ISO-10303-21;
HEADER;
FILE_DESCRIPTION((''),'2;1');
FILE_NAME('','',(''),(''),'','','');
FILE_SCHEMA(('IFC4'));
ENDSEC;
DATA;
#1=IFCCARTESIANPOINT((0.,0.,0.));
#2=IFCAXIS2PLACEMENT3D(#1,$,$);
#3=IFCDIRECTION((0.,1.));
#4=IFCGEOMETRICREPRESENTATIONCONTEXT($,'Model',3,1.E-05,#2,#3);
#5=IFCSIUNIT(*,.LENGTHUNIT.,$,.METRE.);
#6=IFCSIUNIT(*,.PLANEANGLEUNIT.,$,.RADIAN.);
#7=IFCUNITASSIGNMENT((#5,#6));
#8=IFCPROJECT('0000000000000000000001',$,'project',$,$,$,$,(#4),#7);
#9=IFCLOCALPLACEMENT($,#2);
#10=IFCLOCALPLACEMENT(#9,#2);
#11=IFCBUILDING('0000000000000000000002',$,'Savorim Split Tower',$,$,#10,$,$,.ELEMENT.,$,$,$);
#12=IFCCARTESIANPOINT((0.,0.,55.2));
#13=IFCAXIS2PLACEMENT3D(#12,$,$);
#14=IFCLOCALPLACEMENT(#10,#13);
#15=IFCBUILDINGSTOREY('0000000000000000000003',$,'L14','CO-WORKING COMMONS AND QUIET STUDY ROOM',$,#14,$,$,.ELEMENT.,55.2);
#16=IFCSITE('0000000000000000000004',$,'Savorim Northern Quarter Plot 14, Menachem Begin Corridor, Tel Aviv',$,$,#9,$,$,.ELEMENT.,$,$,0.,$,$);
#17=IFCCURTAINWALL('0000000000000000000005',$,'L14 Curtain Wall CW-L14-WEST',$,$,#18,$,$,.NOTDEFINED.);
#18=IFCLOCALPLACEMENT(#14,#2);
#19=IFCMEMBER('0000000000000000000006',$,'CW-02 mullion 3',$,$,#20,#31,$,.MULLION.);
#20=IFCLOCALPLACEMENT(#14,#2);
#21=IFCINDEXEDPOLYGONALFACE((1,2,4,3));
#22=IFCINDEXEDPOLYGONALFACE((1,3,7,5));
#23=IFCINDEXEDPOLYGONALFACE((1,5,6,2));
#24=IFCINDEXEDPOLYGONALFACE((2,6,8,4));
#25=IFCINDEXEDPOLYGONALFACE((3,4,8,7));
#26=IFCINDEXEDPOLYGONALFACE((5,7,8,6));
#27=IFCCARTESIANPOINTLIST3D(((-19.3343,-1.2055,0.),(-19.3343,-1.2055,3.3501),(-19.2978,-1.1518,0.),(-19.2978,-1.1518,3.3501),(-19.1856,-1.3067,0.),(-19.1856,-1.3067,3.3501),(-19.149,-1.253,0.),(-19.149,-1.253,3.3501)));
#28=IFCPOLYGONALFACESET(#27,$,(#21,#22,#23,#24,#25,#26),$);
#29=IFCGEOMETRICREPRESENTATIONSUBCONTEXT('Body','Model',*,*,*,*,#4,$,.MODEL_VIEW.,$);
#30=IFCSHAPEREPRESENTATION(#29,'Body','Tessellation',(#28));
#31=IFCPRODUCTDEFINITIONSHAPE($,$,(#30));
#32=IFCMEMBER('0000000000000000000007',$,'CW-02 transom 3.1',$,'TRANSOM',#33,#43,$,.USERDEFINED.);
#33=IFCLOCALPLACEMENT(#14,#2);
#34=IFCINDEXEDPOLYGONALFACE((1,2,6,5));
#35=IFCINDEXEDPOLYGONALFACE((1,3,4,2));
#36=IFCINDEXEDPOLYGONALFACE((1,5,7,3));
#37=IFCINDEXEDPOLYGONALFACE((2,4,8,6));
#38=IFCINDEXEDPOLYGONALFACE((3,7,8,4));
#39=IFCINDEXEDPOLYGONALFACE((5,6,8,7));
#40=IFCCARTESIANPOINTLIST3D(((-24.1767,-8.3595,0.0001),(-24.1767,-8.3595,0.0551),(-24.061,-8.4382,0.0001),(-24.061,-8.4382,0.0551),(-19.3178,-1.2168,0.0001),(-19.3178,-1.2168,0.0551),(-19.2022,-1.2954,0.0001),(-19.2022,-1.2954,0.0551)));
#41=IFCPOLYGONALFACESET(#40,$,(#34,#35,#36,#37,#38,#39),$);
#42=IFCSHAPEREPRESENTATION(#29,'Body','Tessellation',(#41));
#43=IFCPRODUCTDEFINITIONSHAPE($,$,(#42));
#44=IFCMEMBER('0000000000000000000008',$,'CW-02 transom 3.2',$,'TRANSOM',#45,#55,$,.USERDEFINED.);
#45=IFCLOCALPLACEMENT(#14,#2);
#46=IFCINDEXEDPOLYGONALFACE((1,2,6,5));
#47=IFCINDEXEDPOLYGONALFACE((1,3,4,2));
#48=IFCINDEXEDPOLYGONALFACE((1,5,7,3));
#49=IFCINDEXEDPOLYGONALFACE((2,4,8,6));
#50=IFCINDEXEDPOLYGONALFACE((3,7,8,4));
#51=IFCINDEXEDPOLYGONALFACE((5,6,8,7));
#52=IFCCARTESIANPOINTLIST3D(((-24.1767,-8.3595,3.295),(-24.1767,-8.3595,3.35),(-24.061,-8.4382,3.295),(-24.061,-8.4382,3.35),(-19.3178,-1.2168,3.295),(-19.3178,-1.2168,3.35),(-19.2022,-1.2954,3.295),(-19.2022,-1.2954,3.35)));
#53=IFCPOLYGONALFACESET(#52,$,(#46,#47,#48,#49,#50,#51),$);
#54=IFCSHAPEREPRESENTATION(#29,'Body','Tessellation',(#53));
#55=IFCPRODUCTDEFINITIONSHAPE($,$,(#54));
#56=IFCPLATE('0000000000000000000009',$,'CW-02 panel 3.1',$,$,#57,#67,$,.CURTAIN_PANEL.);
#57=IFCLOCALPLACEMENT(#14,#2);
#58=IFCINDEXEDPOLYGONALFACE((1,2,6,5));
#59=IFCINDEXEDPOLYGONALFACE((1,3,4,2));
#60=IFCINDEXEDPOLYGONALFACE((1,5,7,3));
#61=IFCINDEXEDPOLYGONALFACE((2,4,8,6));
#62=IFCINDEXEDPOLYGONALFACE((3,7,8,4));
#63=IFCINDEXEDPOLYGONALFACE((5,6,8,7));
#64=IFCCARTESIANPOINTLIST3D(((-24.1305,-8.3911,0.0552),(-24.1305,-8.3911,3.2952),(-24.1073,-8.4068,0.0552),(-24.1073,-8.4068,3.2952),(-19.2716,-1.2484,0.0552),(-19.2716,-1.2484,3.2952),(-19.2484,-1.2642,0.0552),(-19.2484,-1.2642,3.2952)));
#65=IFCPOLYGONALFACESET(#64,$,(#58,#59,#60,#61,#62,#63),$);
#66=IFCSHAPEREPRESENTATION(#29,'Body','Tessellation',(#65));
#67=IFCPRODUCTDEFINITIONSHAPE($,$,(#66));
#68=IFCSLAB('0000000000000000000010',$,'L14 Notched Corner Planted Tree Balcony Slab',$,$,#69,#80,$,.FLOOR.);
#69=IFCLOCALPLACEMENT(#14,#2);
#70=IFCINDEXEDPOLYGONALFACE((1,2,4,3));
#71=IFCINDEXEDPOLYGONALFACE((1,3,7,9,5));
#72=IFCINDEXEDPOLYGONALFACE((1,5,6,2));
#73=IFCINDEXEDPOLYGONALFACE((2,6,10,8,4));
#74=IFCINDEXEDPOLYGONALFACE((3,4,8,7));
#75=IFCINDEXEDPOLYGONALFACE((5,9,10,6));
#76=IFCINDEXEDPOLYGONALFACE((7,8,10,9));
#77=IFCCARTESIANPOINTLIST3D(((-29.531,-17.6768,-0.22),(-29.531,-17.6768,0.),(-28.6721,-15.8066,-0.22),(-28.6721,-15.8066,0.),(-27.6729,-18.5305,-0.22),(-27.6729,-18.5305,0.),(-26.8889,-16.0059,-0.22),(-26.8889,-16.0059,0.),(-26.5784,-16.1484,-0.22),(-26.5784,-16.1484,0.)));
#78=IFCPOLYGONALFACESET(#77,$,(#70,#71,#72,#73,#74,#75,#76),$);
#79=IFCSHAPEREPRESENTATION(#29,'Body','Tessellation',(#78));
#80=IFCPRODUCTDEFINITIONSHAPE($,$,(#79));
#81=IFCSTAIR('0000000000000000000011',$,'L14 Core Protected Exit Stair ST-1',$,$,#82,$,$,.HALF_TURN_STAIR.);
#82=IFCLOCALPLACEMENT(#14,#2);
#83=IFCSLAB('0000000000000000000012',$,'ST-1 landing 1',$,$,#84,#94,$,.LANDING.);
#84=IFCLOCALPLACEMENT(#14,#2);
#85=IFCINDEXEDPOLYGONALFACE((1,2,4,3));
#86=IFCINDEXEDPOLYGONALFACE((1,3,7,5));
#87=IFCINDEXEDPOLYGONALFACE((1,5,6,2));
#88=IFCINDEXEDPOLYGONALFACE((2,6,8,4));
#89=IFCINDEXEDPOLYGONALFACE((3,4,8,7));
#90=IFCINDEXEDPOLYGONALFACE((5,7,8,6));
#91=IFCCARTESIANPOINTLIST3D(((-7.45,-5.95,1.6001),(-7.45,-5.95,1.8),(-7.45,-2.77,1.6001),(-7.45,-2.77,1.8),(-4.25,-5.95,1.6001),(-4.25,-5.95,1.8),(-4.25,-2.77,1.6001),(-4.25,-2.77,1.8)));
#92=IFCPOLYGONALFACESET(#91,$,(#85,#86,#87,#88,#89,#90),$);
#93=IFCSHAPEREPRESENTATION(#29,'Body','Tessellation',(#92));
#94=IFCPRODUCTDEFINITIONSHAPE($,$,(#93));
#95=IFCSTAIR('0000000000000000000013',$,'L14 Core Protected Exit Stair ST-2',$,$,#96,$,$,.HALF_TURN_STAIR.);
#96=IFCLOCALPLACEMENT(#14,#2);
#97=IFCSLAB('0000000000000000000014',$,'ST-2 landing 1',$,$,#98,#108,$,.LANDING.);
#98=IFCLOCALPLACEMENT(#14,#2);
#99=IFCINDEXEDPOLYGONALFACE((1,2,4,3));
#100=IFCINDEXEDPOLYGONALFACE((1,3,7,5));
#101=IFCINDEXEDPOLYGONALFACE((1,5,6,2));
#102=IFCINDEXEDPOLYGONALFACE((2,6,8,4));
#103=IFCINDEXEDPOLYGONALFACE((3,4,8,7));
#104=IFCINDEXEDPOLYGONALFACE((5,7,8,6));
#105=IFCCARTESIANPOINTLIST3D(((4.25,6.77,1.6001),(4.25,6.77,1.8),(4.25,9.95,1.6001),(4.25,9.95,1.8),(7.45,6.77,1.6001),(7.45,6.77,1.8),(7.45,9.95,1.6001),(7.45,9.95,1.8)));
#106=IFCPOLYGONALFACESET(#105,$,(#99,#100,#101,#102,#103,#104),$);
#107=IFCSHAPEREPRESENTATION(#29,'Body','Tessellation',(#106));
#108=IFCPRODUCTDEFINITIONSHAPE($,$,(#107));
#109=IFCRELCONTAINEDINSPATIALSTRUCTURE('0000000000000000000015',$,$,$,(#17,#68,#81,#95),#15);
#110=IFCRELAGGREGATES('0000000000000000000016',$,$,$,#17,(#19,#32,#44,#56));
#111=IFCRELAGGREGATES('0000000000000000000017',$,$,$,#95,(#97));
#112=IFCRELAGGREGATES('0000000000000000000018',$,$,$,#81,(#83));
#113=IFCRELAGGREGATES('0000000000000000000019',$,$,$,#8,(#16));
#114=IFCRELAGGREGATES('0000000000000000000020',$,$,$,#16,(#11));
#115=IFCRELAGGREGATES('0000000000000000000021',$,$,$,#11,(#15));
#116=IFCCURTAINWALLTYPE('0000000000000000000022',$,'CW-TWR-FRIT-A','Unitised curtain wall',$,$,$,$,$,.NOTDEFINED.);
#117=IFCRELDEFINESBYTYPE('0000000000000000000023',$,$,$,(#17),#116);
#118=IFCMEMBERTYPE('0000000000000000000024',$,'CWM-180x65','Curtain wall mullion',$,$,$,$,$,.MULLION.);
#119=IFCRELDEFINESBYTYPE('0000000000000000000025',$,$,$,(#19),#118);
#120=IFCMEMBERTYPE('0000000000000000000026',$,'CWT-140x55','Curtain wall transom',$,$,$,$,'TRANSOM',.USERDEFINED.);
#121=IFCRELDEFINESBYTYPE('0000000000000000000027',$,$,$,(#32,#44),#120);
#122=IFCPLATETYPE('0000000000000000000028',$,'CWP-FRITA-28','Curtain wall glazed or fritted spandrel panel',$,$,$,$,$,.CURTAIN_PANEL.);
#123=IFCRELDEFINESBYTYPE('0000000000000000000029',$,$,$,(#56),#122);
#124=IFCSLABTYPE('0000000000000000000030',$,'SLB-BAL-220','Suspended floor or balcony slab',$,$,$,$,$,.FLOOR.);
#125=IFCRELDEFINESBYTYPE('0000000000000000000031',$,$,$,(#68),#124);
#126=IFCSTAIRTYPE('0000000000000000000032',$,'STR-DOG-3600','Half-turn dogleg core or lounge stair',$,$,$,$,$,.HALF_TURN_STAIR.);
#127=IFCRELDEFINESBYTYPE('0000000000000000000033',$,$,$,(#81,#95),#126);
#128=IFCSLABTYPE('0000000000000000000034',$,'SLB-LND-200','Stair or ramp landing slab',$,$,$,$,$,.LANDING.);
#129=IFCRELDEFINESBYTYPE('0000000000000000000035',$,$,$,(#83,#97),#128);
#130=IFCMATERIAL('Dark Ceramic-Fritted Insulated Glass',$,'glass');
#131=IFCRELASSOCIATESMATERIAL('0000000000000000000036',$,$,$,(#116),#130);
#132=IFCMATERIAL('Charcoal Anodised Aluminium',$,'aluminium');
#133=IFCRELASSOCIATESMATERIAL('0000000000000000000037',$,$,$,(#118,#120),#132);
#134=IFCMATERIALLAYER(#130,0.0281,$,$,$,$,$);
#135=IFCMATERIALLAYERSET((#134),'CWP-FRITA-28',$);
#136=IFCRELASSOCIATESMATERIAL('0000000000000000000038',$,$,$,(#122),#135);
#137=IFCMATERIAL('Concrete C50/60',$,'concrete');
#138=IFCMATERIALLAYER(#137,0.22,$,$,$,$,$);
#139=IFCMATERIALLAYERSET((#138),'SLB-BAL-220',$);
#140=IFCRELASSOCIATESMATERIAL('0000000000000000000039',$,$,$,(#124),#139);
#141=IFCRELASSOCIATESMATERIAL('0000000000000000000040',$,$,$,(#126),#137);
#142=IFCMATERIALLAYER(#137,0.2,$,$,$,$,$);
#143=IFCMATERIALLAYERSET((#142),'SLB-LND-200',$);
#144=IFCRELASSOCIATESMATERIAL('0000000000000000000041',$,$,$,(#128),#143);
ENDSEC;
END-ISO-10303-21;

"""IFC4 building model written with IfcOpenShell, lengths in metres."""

from ifc_helpers import new_model, si_unit, direction, frame, origin, origin_2d, place, context, subcontext, project, spatial, polyline, rectangle, outline, extrude, material, layer, layer_set, material_profile, profile_set, type_object, element, aggregate, save


model = new_model("IFC4")

# Units and contexts
model_context = context("Model", 3, precision=1e-05, world=origin(), true_north=direction((0.0, 1.0)))
body_context = subcontext(model_context, "Body", "Model", "MODEL_VIEW")
ifc_project = project(units=[si_unit("LENGTHUNIT", "METRE"), si_unit("PLANEANGLEUNIT", "RADIAN")], contexts=[model_context])

# Site, building, storey
site_placement = place(None, origin())
site = spatial("IfcSite", under=ifc_project, at=site_placement, Name="Savorim Northern Quarter Plot 14, Menachem Begin Corridor, Tel Aviv", CompositionType="ELEMENT", RefElevation=0.0)
building_placement = place(site_placement, origin())
building = spatial("IfcBuilding", under=site, at=building_placement, Name="Savorim Split Tower", CompositionType="ELEMENT")
storey_placement = place(building_placement, frame((0.0, 0.0, 55.2)))
storey = spatial("IfcBuildingStorey", under=building, at=storey_placement, Name="L14", Description="CO-WORKING COMMONS AND QUIET STUDY ROOM", CompositionType="ELEMENT", Elevation=55.2)

# Curtain wall, members, plate
ifc_material_1 = material(Name="Dark Ceramic-Fritted Insulated Glass", Category="glass")
curtain_wall_type = type_object("IfcCurtainWallType", Name="CW-TWR-FRIT-A", Description="Unitised curtain wall", PredefinedType="NOTDEFINED", material=ifc_material_1)
curtain_wall_placement = place(storey_placement, origin())
curtain_wall = element("IfcCurtainWall", 1, at=curtain_wall_placement, inside=storey, type_object=curtain_wall_type, Name="L14 Curtain Wall CW-L14-WEST", PredefinedType="NOTDEFINED")
ifc_material_2 = material(Name="Charcoal Anodised Aluminium", Category="aluminium")
ifc_material_profile_1 = material_profile(ifc_material_2, rectangle(XDim=0.1799, YDim=0.0649, at=origin_2d()), Name="ALU-M 180x65")
ifc_profile_set_1 = profile_set([ifc_material_profile_1], Name="Charcoal Anodised Aluminium")
member_type_1 = type_object("IfcMemberType", Name="CWM-180x65", Description="Curtain wall mullion", PredefinedType="MULLION", material=ifc_profile_set_1)
member_1_placement = place(storey_placement, frame((-19.2417, -1.2292, 0.0), z_axis=(0.0, 0.0, 1.0), x_axis=(0.82682, -0.562466, 0.0)))
member_1 = element("IfcMember", 2, at=member_1_placement, type_object=member_type_1, Name="CW-02 mullion 3", PredefinedType="MULLION", context=body_context, shape_type="SweptSolid", body=[
    extrude(rectangle(XDim=0.1799, YDim=0.0649, at=origin_2d()), origin(), (0.0, 0.0, 1.0), 3.3501),
])
ifc_material_profile_2 = material_profile(ifc_material_2, rectangle(XDim=0.1399, YDim=0.0549, at=origin_2d()), Name="ALU-T 140x55")
ifc_profile_set_2 = profile_set([ifc_material_profile_2], Name="Charcoal Anodised Aluminium")
member_type_2 = type_object("IfcMemberType", Name="CWT-140x55", Description="Curtain wall transom", ElementType="TRANSOM", PredefinedType="USERDEFINED", material=ifc_profile_set_2)
member_2_placement = place(storey_placement, frame((-19.26, -1.2561, 0.0276), z_axis=(-0.56245, -0.826831, 0.0), x_axis=(0.826831, -0.56245, 0.0)))
member_2 = element("IfcMember", 3, at=member_2_placement, type_object=member_type_2, Name="CW-02 transom 3.1", ObjectType="TRANSOM", PredefinedType="USERDEFINED", context=body_context, shape_type="SweptSolid", body=[
    extrude(rectangle(XDim=0.1399, YDim=0.0549, at=origin_2d()), origin(), (0.0, 0.0, 1.0), 8.6387),
])
member_3_placement = place(storey_placement, frame((-19.26, -1.2561, 3.3225), z_axis=(-0.56245, -0.826831, 0.0), x_axis=(0.826831, -0.56245, 0.0)))
member_3 = element("IfcMember", 4, at=member_3_placement, type_object=member_type_2, Name="CW-02 transom 3.2", ObjectType="TRANSOM", PredefinedType="USERDEFINED", context=body_context, shape_type="SweptSolid", body=[
    extrude(rectangle(XDim=0.1399, YDim=0.0549, at=origin_2d()), origin(), (0.0, 0.0, 1.0), 8.6387),
])
ifc_layer_1 = layer(ifc_material_1, 0.0281)
ifc_layer_set_1 = layer_set([ifc_layer_1], Name="CWP-FRITA-28")
plate_type = type_object("IfcPlateType", Name="CWP-FRITA-28", Description="Curtain wall glazed or fritted spandrel panel", PredefinedType="CURTAIN_PANEL", material=ifc_layer_set_1)
plate_placement = place(storey_placement, frame((-21.6895, -4.8276, 0.0552), z_axis=(0.0, 0.0, 1.0), x_axis=(-0.562466, -0.82682, 0.0)))
plate = element("IfcPlate", 5, at=plate_placement, type_object=plate_type, Name="CW-02 panel 3.1", PredefinedType="CURTAIN_PANEL", context=body_context, shape_type="SweptSolid", body=[
    extrude(rectangle(XDim=8.6387, YDim=0.0281, at=origin_2d()), origin(), (0.0, 0.0, 1.0), 3.24),
])
aggregate(curtain_wall, [member_1, member_2, member_3, plate])

# Slab
ifc_material_3 = material(Name="Concrete C50/60", Category="concrete")
ifc_layer_2 = layer(ifc_material_3, 0.22)
ifc_layer_set_2 = layer_set([ifc_layer_2], Name="SLB-BAL-220")
slab_type_1 = type_object("IfcSlabType", Name="SLB-BAL-220", Description="Suspended floor or balcony slab", PredefinedType="FLOOR", material=ifc_layer_set_2)
slab_1_placement = place(storey_placement, frame((0.0, 0.0, -0.22)))
element("IfcSlab", 6, at=slab_1_placement, inside=storey, type_object=slab_type_1, Name="L14 Notched Corner Planted Tree Balcony Slab", PredefinedType="FLOOR", context=body_context, shape_type="SweptSolid", body=[
    extrude(outline(polyline([(-27.6729, -18.5305), (-26.5784, -16.1484), (-26.8889, -16.0059), (-28.6721, -15.8066), (-29.531, -17.6768), (-27.6729, -18.5305)])), origin(), (0.0, 0.0, 1.0), 0.22),
])

# Stairs, slabs
stair_type = type_object("IfcStairType", Name="STR-DOG-3600", Description="Half-turn dogleg core or lounge stair", PredefinedType="HALF_TURN_STAIR", material=ifc_material_3)
stair_1_placement = place(storey_placement, origin())
stair_1 = element("IfcStair", 7, at=stair_1_placement, inside=storey, type_object=stair_type, Name="L14 Core Protected Exit Stair ST-1", PredefinedType="HALF_TURN_STAIR")
ifc_layer_3 = layer(ifc_material_3, 0.2)
ifc_layer_set_3 = layer_set([ifc_layer_3], Name="SLB-LND-200")
slab_type_2 = type_object("IfcSlabType", Name="SLB-LND-200", Description="Stair or ramp landing slab", PredefinedType="LANDING", material=ifc_layer_set_3)
slab_2_placement = place(storey_placement, frame((0.0, 0.0, 1.6001)))
slab_2 = element("IfcSlab", 8, at=slab_2_placement, type_object=slab_type_2, Name="ST-1 landing 1", PredefinedType="LANDING", context=body_context, shape_type="SweptSolid", body=[
    extrude(outline(polyline([(-7.45, -2.77), (-7.45, -5.95), (-4.25, -5.95), (-4.25, -2.77), (-7.45, -2.77)])), origin(), (0.0, 0.0, 1.0), 0.2),
])
stair_2_placement = place(storey_placement, origin())
stair_2 = element("IfcStair", 9, at=stair_2_placement, inside=storey, type_object=stair_type, Name="L14 Core Protected Exit Stair ST-2", PredefinedType="HALF_TURN_STAIR")
slab_3_placement = place(storey_placement, frame((0.0, 0.0, 1.6001)))
slab_3 = element("IfcSlab", 10, at=slab_3_placement, type_object=slab_type_2, Name="ST-2 landing 1", PredefinedType="LANDING", context=body_context, shape_type="SweptSolid", body=[
    extrude(outline(polyline([(7.45, 6.77), (7.45, 9.95), (4.25, 9.95), (4.25, 6.77), (7.45, 6.77)])), origin(), (0.0, 0.0, 1.0), 0.2),
])
aggregate(stair_2, [slab_3])

aggregate(stair_1, [slab_2])

save(model, "model.ifc")
